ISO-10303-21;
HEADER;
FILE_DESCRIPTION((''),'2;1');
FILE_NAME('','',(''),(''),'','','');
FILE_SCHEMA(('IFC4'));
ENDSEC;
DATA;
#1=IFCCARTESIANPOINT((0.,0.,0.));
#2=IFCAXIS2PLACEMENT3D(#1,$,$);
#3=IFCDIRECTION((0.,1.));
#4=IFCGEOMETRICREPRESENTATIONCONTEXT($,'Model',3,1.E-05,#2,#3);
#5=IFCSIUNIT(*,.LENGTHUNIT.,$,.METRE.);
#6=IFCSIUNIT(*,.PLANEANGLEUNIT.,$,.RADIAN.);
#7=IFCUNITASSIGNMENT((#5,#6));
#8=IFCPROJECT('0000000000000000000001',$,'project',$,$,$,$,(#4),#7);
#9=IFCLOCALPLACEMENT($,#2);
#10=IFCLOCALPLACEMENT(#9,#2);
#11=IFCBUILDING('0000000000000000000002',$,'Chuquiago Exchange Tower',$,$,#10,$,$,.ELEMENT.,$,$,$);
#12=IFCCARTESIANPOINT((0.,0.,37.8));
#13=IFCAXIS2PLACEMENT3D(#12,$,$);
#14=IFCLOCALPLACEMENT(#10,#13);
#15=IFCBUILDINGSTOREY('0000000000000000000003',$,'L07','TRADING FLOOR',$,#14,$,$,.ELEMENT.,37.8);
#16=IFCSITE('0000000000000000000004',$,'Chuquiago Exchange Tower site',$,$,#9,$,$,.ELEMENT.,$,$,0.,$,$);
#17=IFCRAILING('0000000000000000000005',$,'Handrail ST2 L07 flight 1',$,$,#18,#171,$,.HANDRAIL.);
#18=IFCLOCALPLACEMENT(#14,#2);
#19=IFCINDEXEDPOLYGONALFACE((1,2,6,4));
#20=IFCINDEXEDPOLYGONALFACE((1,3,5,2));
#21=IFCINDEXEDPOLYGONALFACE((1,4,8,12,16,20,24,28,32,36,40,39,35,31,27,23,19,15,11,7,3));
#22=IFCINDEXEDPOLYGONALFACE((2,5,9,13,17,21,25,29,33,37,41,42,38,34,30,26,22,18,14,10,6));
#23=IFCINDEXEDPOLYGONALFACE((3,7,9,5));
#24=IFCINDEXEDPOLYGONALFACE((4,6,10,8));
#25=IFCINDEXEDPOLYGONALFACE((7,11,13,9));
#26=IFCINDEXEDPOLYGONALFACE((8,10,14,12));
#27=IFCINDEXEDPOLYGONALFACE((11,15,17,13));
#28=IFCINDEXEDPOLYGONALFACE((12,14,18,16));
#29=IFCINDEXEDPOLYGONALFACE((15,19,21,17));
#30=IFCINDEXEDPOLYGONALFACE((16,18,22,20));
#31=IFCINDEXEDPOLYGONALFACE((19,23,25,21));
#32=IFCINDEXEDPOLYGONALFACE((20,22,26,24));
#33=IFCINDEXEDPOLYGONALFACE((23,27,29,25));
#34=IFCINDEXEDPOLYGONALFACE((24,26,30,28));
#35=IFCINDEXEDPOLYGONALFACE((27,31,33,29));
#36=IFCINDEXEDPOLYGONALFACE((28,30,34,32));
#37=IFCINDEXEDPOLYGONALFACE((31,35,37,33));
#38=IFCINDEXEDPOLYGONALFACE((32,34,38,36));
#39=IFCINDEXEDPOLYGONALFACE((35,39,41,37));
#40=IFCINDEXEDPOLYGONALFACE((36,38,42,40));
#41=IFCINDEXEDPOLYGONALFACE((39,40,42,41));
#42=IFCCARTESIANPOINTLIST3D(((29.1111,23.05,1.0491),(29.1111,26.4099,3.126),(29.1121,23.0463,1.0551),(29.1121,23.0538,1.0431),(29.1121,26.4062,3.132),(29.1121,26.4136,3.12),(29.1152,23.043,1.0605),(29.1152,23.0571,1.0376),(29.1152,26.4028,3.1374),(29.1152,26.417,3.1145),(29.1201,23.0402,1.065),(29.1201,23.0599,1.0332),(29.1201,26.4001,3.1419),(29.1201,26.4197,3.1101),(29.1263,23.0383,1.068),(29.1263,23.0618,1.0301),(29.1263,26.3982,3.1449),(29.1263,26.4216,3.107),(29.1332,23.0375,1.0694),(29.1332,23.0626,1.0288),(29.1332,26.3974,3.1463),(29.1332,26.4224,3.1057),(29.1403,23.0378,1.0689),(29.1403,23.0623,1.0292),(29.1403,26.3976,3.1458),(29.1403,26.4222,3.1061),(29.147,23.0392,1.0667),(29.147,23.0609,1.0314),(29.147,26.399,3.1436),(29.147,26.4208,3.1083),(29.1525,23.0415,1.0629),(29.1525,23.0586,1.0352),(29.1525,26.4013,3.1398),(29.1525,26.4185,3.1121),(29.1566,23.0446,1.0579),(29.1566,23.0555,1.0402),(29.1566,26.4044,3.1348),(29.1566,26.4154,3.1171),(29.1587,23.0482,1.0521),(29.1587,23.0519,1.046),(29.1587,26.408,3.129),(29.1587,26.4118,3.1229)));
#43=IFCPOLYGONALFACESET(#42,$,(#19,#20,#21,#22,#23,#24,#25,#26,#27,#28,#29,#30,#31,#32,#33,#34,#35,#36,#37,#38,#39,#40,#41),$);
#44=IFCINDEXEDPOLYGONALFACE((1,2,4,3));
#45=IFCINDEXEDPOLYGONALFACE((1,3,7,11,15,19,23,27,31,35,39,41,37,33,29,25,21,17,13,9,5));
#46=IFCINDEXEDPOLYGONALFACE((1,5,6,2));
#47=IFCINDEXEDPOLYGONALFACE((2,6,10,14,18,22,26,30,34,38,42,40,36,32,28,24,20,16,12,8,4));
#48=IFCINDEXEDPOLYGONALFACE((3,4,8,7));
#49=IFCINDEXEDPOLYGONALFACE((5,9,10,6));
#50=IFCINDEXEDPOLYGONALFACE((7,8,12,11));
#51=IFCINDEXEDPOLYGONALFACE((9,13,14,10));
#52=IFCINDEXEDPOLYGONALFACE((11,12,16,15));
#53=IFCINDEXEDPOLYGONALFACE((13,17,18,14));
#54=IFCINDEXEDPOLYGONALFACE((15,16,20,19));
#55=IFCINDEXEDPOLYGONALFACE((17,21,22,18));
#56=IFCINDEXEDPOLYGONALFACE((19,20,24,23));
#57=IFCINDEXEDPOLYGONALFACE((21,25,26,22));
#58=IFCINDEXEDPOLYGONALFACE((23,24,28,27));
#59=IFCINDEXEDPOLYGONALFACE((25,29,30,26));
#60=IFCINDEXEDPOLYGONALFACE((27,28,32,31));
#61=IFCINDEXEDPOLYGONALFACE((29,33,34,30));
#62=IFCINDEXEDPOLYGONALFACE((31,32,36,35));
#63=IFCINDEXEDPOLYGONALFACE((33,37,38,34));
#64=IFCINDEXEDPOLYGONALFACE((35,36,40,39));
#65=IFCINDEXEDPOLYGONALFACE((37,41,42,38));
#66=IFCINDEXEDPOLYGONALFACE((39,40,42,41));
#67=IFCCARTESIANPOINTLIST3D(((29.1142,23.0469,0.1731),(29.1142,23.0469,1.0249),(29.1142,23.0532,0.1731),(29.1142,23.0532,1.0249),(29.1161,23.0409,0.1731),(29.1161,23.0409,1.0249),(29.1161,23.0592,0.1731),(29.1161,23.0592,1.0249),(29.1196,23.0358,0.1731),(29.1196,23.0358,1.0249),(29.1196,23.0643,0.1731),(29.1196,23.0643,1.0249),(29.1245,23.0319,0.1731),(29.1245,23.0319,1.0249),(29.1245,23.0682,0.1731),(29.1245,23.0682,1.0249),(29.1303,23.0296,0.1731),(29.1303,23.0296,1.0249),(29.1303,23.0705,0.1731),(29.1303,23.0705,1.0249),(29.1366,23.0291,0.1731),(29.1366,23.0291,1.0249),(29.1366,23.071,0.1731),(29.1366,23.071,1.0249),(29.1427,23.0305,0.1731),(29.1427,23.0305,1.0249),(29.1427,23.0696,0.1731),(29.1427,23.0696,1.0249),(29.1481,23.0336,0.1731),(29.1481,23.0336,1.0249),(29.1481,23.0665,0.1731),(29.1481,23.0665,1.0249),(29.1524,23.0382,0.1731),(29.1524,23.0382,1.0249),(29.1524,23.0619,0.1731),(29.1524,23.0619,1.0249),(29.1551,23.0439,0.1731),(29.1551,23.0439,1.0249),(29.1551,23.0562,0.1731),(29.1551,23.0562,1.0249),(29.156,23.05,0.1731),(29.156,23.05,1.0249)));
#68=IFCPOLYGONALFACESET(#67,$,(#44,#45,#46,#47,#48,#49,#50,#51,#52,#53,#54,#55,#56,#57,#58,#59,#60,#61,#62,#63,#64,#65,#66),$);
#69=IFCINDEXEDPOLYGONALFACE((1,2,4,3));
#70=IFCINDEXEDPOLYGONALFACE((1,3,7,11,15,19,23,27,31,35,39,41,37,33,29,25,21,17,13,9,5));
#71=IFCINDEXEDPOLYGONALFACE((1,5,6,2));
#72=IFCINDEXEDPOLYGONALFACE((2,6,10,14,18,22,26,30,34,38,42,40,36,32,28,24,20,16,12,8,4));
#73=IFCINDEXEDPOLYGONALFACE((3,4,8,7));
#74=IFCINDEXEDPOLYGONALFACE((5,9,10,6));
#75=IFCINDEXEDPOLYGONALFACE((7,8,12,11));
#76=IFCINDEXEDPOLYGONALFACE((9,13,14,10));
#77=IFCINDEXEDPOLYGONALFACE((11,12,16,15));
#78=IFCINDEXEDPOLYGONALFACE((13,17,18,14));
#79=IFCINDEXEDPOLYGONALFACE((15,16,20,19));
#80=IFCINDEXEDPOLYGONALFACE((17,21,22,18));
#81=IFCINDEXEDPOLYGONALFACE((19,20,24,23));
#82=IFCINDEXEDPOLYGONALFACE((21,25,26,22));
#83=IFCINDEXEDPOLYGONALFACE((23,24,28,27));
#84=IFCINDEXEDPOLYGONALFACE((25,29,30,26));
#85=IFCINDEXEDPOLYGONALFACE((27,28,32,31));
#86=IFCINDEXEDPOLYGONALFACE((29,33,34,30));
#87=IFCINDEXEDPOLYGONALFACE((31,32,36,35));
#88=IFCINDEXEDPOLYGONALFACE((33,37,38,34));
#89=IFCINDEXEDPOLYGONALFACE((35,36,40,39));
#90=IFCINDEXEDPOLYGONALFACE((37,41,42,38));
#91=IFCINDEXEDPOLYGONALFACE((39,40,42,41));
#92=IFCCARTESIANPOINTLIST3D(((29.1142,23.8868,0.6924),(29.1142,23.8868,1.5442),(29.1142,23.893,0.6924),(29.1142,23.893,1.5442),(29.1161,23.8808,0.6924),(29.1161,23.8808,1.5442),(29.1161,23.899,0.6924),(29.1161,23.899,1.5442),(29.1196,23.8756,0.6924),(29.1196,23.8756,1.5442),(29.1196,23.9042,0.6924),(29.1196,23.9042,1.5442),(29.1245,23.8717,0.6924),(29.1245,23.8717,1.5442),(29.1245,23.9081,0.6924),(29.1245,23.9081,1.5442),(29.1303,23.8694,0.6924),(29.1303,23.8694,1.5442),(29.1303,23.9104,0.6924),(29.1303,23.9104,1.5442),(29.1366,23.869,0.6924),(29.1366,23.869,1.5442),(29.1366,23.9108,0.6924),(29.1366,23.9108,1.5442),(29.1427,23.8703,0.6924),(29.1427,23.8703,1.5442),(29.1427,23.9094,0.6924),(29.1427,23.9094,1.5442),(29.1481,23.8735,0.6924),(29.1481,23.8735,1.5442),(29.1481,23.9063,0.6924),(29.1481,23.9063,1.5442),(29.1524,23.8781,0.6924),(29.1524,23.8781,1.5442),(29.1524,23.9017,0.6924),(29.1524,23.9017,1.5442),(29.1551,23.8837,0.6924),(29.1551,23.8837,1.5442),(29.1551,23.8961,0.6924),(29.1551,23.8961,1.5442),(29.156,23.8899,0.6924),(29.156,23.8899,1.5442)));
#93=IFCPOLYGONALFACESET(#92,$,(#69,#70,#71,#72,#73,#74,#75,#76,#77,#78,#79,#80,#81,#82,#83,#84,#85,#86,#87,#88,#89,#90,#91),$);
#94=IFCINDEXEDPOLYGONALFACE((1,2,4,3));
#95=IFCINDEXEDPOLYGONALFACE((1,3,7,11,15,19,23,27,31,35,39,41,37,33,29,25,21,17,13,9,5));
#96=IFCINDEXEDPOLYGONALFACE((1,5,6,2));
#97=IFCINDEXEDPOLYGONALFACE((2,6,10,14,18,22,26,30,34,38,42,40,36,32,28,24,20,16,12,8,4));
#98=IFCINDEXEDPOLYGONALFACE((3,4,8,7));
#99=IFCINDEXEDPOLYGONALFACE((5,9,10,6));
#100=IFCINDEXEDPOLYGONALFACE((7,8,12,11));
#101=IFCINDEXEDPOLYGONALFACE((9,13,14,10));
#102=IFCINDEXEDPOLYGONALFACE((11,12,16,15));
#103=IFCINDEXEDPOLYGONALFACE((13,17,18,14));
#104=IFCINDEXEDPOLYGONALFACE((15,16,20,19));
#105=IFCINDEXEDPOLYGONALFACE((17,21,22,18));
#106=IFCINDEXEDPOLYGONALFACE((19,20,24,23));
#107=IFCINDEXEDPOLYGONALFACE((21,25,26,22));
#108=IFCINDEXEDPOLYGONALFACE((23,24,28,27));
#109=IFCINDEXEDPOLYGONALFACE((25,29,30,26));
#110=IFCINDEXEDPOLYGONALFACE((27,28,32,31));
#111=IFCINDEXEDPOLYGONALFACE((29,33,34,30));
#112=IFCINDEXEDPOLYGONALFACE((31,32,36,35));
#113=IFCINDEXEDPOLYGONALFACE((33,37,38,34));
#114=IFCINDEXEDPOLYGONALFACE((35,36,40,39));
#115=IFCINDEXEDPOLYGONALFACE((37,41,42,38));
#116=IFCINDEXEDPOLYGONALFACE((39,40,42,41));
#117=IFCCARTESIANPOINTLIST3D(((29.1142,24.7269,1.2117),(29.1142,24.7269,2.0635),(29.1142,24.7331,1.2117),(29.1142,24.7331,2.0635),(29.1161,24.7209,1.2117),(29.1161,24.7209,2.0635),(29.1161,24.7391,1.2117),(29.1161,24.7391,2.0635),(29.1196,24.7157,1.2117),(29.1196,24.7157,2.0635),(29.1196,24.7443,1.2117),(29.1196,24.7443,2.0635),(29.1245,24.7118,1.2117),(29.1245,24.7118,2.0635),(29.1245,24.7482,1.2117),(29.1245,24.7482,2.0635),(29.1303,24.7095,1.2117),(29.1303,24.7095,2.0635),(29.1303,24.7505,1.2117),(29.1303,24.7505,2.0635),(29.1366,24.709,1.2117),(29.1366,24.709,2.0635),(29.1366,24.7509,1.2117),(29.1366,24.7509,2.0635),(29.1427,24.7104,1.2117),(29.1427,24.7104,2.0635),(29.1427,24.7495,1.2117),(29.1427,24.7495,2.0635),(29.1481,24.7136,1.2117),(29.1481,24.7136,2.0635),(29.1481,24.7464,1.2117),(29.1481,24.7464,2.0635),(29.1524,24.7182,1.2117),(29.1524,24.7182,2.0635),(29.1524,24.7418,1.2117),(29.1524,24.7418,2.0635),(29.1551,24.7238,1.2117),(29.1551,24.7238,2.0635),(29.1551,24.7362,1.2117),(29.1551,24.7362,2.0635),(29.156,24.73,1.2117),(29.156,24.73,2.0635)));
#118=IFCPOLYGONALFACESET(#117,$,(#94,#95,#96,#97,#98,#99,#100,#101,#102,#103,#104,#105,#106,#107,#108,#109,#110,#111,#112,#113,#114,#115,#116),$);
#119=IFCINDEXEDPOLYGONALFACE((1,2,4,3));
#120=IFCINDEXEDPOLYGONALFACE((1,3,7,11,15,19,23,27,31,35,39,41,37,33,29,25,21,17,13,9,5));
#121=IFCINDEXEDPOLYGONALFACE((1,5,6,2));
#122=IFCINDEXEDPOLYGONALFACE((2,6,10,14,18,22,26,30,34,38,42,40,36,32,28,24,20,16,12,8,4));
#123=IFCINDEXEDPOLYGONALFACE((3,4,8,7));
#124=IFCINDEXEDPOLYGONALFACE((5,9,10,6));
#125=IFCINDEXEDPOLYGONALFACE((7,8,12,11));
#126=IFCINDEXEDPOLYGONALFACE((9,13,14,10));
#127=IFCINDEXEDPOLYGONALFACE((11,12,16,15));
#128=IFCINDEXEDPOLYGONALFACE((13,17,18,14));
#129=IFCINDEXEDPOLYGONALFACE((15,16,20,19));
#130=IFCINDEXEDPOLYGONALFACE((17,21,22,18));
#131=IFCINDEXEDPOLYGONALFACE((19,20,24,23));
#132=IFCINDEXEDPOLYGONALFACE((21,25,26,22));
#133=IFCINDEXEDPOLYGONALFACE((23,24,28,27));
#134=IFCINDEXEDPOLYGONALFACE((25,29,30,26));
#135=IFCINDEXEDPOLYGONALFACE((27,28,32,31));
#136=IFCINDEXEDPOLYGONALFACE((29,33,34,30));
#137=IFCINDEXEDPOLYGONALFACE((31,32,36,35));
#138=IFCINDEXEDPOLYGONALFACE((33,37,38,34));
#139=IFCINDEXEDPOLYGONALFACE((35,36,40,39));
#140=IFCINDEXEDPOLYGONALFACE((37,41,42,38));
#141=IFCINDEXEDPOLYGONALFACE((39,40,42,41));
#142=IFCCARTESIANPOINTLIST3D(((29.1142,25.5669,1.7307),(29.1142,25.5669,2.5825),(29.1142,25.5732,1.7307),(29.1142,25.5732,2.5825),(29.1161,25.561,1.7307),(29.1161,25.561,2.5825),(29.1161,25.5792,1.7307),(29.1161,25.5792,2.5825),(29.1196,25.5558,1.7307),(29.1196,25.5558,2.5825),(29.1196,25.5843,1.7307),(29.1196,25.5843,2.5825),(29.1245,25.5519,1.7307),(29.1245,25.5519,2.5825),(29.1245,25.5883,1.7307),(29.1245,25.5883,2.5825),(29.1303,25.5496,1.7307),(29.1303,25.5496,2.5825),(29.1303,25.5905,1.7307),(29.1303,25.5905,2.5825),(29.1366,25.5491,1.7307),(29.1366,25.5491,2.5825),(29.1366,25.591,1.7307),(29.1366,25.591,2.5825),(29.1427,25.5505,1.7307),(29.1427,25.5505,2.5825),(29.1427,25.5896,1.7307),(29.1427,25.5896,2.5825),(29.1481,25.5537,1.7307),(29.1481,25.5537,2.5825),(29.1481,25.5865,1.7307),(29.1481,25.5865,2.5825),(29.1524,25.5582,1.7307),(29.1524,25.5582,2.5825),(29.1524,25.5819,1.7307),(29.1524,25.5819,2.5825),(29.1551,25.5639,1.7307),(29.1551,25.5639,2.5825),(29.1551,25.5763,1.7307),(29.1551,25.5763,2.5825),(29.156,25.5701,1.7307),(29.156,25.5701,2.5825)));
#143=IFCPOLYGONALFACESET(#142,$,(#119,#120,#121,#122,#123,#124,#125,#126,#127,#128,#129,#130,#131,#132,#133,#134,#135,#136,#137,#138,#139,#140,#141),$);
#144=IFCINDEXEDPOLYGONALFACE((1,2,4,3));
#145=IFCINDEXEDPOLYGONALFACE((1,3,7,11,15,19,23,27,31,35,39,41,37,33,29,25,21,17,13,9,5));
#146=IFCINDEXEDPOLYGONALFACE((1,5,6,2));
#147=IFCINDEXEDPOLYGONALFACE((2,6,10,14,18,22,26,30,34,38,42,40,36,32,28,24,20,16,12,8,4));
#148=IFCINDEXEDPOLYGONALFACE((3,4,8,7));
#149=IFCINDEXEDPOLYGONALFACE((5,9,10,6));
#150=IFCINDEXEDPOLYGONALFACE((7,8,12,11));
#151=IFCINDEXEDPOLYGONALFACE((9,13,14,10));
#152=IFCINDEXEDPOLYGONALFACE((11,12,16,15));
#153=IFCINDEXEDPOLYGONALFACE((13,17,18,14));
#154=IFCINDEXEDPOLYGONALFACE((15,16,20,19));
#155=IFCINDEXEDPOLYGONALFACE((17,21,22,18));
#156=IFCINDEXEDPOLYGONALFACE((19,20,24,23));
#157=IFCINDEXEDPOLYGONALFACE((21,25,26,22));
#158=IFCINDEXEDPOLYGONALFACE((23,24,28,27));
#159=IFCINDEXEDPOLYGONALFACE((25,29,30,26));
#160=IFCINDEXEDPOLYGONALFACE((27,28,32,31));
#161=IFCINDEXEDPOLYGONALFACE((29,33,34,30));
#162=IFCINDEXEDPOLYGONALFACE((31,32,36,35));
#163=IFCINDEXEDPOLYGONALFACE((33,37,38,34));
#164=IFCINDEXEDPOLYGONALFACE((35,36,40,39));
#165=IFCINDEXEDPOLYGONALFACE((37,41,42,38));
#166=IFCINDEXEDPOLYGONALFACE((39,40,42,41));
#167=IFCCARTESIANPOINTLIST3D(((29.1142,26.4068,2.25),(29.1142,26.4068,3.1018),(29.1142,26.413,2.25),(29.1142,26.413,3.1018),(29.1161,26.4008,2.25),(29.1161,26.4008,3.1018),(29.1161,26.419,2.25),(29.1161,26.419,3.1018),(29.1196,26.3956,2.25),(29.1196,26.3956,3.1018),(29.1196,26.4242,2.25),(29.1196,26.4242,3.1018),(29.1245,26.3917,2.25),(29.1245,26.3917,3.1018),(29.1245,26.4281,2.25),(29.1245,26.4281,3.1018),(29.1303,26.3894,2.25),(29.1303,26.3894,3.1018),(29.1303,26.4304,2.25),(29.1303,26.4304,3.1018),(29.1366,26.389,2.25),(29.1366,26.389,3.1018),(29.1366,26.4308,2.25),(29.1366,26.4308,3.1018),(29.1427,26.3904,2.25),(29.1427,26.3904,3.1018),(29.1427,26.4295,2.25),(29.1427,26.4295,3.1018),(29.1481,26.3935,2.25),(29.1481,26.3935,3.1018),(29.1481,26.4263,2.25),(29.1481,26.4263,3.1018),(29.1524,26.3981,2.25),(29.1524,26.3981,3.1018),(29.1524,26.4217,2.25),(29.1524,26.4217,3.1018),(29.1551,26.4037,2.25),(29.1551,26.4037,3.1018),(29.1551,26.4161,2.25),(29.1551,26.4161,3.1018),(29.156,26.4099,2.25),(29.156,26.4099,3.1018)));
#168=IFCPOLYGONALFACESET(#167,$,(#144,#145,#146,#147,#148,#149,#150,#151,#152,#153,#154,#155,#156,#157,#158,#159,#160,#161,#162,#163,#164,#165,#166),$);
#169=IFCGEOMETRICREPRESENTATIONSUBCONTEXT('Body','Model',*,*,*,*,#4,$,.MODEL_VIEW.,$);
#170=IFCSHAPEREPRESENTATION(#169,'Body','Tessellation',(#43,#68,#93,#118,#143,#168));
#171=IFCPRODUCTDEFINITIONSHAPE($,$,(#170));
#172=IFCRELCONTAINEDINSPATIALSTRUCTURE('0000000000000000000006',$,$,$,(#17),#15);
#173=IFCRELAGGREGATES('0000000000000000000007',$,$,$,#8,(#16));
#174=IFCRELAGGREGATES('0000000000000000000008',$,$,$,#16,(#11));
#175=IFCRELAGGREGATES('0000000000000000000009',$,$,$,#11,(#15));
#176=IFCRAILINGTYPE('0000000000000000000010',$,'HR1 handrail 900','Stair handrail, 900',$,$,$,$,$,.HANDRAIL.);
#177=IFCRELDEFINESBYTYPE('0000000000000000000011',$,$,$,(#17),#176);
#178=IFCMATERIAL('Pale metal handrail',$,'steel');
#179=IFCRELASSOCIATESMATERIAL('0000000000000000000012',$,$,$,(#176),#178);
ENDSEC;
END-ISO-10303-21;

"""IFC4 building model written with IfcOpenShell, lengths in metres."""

from ifc_helpers import new_model, si_unit, direction, frame, origin, origin_2d, place, context, subcontext, project, spatial, circle, extrude, material, type_object, element, save


model = new_model("IFC4")

# Units and contexts
model_context = context("Model", 3, precision=1e-05, world=origin(), true_north=direction((0.0, 1.0)))
body_context = subcontext(model_context, "Body", "Model", "MODEL_VIEW")
ifc_project = project(units=[si_unit("LENGTHUNIT", "METRE"), si_unit("PLANEANGLEUNIT", "RADIAN")], contexts=[model_context])

# Site, building, storey
site_placement = place(None, origin())
site = spatial("IfcSite", under=ifc_project, at=site_placement, Name="Chuquiago Exchange Tower site", CompositionType="ELEMENT", RefElevation=0.0)
building_placement = place(site_placement, origin())
building = spatial("IfcBuilding", under=site, at=building_placement, Name="Chuquiago Exchange Tower", CompositionType="ELEMENT")
storey_placement = place(building_placement, frame((0.0, 0.0, 37.8)))
storey = spatial("IfcBuildingStorey", under=building, at=storey_placement, Name="L07", Description="TRADING FLOOR", CompositionType="ELEMENT", Elevation=37.8)

# Railing
ifc_material_1 = material(Name="Pale metal handrail", Category="steel")
railing_type_1 = type_object("IfcRailingType", Name="HR1 handrail 900", Description="Stair handrail, 900", PredefinedType="HANDRAIL", material=ifc_material_1)
for number, where, name in (
    (1, (29.135, 23.05, 0.1731), "Handrail ST2 L07 flight 1"),
):
    element("IfcRailing", number, at=place(storey_placement, frame(where)), inside=storey, type_object=railing_type_1, Name=name, PredefinedType="HANDRAIL", context=body_context, shape_type="SweptSolid", body=[
        extrude(circle(Radius=0.0239, at=origin_2d()), frame((0.0, 0.0, 0.876), z_axis=(0.0, 0.850606, 0.525803), x_axis=(-1.0, 0.0, 0.0)), (0.0, 0.0, 1.0), 3.95),
        extrude(circle(Radius=0.021, at=origin_2d()), origin(), (0.0, 0.0, 1.0), 0.8518),
        extrude(circle(Radius=0.021, at=origin_2d()), frame((0.0, 0.8398, 0.5193)), (0.0, 0.0, 1.0), 0.8518),
        extrude(circle(Radius=0.021, at=origin_2d()), frame((0.0, 1.6799, 1.0386)), (0.0, 0.0, 1.0), 0.8518),
        extrude(circle(Radius=0.021, at=origin_2d()), frame((0.0, 2.52, 1.5576)), (0.0, 0.0, 1.0), 0.8518),
        extrude(circle(Radius=0.021, at=origin_2d()), frame((0.0, 3.3599, 2.0769)), (0.0, 0.0, 1.0), 0.8518),
    ])

save(model, "model.ifc")
